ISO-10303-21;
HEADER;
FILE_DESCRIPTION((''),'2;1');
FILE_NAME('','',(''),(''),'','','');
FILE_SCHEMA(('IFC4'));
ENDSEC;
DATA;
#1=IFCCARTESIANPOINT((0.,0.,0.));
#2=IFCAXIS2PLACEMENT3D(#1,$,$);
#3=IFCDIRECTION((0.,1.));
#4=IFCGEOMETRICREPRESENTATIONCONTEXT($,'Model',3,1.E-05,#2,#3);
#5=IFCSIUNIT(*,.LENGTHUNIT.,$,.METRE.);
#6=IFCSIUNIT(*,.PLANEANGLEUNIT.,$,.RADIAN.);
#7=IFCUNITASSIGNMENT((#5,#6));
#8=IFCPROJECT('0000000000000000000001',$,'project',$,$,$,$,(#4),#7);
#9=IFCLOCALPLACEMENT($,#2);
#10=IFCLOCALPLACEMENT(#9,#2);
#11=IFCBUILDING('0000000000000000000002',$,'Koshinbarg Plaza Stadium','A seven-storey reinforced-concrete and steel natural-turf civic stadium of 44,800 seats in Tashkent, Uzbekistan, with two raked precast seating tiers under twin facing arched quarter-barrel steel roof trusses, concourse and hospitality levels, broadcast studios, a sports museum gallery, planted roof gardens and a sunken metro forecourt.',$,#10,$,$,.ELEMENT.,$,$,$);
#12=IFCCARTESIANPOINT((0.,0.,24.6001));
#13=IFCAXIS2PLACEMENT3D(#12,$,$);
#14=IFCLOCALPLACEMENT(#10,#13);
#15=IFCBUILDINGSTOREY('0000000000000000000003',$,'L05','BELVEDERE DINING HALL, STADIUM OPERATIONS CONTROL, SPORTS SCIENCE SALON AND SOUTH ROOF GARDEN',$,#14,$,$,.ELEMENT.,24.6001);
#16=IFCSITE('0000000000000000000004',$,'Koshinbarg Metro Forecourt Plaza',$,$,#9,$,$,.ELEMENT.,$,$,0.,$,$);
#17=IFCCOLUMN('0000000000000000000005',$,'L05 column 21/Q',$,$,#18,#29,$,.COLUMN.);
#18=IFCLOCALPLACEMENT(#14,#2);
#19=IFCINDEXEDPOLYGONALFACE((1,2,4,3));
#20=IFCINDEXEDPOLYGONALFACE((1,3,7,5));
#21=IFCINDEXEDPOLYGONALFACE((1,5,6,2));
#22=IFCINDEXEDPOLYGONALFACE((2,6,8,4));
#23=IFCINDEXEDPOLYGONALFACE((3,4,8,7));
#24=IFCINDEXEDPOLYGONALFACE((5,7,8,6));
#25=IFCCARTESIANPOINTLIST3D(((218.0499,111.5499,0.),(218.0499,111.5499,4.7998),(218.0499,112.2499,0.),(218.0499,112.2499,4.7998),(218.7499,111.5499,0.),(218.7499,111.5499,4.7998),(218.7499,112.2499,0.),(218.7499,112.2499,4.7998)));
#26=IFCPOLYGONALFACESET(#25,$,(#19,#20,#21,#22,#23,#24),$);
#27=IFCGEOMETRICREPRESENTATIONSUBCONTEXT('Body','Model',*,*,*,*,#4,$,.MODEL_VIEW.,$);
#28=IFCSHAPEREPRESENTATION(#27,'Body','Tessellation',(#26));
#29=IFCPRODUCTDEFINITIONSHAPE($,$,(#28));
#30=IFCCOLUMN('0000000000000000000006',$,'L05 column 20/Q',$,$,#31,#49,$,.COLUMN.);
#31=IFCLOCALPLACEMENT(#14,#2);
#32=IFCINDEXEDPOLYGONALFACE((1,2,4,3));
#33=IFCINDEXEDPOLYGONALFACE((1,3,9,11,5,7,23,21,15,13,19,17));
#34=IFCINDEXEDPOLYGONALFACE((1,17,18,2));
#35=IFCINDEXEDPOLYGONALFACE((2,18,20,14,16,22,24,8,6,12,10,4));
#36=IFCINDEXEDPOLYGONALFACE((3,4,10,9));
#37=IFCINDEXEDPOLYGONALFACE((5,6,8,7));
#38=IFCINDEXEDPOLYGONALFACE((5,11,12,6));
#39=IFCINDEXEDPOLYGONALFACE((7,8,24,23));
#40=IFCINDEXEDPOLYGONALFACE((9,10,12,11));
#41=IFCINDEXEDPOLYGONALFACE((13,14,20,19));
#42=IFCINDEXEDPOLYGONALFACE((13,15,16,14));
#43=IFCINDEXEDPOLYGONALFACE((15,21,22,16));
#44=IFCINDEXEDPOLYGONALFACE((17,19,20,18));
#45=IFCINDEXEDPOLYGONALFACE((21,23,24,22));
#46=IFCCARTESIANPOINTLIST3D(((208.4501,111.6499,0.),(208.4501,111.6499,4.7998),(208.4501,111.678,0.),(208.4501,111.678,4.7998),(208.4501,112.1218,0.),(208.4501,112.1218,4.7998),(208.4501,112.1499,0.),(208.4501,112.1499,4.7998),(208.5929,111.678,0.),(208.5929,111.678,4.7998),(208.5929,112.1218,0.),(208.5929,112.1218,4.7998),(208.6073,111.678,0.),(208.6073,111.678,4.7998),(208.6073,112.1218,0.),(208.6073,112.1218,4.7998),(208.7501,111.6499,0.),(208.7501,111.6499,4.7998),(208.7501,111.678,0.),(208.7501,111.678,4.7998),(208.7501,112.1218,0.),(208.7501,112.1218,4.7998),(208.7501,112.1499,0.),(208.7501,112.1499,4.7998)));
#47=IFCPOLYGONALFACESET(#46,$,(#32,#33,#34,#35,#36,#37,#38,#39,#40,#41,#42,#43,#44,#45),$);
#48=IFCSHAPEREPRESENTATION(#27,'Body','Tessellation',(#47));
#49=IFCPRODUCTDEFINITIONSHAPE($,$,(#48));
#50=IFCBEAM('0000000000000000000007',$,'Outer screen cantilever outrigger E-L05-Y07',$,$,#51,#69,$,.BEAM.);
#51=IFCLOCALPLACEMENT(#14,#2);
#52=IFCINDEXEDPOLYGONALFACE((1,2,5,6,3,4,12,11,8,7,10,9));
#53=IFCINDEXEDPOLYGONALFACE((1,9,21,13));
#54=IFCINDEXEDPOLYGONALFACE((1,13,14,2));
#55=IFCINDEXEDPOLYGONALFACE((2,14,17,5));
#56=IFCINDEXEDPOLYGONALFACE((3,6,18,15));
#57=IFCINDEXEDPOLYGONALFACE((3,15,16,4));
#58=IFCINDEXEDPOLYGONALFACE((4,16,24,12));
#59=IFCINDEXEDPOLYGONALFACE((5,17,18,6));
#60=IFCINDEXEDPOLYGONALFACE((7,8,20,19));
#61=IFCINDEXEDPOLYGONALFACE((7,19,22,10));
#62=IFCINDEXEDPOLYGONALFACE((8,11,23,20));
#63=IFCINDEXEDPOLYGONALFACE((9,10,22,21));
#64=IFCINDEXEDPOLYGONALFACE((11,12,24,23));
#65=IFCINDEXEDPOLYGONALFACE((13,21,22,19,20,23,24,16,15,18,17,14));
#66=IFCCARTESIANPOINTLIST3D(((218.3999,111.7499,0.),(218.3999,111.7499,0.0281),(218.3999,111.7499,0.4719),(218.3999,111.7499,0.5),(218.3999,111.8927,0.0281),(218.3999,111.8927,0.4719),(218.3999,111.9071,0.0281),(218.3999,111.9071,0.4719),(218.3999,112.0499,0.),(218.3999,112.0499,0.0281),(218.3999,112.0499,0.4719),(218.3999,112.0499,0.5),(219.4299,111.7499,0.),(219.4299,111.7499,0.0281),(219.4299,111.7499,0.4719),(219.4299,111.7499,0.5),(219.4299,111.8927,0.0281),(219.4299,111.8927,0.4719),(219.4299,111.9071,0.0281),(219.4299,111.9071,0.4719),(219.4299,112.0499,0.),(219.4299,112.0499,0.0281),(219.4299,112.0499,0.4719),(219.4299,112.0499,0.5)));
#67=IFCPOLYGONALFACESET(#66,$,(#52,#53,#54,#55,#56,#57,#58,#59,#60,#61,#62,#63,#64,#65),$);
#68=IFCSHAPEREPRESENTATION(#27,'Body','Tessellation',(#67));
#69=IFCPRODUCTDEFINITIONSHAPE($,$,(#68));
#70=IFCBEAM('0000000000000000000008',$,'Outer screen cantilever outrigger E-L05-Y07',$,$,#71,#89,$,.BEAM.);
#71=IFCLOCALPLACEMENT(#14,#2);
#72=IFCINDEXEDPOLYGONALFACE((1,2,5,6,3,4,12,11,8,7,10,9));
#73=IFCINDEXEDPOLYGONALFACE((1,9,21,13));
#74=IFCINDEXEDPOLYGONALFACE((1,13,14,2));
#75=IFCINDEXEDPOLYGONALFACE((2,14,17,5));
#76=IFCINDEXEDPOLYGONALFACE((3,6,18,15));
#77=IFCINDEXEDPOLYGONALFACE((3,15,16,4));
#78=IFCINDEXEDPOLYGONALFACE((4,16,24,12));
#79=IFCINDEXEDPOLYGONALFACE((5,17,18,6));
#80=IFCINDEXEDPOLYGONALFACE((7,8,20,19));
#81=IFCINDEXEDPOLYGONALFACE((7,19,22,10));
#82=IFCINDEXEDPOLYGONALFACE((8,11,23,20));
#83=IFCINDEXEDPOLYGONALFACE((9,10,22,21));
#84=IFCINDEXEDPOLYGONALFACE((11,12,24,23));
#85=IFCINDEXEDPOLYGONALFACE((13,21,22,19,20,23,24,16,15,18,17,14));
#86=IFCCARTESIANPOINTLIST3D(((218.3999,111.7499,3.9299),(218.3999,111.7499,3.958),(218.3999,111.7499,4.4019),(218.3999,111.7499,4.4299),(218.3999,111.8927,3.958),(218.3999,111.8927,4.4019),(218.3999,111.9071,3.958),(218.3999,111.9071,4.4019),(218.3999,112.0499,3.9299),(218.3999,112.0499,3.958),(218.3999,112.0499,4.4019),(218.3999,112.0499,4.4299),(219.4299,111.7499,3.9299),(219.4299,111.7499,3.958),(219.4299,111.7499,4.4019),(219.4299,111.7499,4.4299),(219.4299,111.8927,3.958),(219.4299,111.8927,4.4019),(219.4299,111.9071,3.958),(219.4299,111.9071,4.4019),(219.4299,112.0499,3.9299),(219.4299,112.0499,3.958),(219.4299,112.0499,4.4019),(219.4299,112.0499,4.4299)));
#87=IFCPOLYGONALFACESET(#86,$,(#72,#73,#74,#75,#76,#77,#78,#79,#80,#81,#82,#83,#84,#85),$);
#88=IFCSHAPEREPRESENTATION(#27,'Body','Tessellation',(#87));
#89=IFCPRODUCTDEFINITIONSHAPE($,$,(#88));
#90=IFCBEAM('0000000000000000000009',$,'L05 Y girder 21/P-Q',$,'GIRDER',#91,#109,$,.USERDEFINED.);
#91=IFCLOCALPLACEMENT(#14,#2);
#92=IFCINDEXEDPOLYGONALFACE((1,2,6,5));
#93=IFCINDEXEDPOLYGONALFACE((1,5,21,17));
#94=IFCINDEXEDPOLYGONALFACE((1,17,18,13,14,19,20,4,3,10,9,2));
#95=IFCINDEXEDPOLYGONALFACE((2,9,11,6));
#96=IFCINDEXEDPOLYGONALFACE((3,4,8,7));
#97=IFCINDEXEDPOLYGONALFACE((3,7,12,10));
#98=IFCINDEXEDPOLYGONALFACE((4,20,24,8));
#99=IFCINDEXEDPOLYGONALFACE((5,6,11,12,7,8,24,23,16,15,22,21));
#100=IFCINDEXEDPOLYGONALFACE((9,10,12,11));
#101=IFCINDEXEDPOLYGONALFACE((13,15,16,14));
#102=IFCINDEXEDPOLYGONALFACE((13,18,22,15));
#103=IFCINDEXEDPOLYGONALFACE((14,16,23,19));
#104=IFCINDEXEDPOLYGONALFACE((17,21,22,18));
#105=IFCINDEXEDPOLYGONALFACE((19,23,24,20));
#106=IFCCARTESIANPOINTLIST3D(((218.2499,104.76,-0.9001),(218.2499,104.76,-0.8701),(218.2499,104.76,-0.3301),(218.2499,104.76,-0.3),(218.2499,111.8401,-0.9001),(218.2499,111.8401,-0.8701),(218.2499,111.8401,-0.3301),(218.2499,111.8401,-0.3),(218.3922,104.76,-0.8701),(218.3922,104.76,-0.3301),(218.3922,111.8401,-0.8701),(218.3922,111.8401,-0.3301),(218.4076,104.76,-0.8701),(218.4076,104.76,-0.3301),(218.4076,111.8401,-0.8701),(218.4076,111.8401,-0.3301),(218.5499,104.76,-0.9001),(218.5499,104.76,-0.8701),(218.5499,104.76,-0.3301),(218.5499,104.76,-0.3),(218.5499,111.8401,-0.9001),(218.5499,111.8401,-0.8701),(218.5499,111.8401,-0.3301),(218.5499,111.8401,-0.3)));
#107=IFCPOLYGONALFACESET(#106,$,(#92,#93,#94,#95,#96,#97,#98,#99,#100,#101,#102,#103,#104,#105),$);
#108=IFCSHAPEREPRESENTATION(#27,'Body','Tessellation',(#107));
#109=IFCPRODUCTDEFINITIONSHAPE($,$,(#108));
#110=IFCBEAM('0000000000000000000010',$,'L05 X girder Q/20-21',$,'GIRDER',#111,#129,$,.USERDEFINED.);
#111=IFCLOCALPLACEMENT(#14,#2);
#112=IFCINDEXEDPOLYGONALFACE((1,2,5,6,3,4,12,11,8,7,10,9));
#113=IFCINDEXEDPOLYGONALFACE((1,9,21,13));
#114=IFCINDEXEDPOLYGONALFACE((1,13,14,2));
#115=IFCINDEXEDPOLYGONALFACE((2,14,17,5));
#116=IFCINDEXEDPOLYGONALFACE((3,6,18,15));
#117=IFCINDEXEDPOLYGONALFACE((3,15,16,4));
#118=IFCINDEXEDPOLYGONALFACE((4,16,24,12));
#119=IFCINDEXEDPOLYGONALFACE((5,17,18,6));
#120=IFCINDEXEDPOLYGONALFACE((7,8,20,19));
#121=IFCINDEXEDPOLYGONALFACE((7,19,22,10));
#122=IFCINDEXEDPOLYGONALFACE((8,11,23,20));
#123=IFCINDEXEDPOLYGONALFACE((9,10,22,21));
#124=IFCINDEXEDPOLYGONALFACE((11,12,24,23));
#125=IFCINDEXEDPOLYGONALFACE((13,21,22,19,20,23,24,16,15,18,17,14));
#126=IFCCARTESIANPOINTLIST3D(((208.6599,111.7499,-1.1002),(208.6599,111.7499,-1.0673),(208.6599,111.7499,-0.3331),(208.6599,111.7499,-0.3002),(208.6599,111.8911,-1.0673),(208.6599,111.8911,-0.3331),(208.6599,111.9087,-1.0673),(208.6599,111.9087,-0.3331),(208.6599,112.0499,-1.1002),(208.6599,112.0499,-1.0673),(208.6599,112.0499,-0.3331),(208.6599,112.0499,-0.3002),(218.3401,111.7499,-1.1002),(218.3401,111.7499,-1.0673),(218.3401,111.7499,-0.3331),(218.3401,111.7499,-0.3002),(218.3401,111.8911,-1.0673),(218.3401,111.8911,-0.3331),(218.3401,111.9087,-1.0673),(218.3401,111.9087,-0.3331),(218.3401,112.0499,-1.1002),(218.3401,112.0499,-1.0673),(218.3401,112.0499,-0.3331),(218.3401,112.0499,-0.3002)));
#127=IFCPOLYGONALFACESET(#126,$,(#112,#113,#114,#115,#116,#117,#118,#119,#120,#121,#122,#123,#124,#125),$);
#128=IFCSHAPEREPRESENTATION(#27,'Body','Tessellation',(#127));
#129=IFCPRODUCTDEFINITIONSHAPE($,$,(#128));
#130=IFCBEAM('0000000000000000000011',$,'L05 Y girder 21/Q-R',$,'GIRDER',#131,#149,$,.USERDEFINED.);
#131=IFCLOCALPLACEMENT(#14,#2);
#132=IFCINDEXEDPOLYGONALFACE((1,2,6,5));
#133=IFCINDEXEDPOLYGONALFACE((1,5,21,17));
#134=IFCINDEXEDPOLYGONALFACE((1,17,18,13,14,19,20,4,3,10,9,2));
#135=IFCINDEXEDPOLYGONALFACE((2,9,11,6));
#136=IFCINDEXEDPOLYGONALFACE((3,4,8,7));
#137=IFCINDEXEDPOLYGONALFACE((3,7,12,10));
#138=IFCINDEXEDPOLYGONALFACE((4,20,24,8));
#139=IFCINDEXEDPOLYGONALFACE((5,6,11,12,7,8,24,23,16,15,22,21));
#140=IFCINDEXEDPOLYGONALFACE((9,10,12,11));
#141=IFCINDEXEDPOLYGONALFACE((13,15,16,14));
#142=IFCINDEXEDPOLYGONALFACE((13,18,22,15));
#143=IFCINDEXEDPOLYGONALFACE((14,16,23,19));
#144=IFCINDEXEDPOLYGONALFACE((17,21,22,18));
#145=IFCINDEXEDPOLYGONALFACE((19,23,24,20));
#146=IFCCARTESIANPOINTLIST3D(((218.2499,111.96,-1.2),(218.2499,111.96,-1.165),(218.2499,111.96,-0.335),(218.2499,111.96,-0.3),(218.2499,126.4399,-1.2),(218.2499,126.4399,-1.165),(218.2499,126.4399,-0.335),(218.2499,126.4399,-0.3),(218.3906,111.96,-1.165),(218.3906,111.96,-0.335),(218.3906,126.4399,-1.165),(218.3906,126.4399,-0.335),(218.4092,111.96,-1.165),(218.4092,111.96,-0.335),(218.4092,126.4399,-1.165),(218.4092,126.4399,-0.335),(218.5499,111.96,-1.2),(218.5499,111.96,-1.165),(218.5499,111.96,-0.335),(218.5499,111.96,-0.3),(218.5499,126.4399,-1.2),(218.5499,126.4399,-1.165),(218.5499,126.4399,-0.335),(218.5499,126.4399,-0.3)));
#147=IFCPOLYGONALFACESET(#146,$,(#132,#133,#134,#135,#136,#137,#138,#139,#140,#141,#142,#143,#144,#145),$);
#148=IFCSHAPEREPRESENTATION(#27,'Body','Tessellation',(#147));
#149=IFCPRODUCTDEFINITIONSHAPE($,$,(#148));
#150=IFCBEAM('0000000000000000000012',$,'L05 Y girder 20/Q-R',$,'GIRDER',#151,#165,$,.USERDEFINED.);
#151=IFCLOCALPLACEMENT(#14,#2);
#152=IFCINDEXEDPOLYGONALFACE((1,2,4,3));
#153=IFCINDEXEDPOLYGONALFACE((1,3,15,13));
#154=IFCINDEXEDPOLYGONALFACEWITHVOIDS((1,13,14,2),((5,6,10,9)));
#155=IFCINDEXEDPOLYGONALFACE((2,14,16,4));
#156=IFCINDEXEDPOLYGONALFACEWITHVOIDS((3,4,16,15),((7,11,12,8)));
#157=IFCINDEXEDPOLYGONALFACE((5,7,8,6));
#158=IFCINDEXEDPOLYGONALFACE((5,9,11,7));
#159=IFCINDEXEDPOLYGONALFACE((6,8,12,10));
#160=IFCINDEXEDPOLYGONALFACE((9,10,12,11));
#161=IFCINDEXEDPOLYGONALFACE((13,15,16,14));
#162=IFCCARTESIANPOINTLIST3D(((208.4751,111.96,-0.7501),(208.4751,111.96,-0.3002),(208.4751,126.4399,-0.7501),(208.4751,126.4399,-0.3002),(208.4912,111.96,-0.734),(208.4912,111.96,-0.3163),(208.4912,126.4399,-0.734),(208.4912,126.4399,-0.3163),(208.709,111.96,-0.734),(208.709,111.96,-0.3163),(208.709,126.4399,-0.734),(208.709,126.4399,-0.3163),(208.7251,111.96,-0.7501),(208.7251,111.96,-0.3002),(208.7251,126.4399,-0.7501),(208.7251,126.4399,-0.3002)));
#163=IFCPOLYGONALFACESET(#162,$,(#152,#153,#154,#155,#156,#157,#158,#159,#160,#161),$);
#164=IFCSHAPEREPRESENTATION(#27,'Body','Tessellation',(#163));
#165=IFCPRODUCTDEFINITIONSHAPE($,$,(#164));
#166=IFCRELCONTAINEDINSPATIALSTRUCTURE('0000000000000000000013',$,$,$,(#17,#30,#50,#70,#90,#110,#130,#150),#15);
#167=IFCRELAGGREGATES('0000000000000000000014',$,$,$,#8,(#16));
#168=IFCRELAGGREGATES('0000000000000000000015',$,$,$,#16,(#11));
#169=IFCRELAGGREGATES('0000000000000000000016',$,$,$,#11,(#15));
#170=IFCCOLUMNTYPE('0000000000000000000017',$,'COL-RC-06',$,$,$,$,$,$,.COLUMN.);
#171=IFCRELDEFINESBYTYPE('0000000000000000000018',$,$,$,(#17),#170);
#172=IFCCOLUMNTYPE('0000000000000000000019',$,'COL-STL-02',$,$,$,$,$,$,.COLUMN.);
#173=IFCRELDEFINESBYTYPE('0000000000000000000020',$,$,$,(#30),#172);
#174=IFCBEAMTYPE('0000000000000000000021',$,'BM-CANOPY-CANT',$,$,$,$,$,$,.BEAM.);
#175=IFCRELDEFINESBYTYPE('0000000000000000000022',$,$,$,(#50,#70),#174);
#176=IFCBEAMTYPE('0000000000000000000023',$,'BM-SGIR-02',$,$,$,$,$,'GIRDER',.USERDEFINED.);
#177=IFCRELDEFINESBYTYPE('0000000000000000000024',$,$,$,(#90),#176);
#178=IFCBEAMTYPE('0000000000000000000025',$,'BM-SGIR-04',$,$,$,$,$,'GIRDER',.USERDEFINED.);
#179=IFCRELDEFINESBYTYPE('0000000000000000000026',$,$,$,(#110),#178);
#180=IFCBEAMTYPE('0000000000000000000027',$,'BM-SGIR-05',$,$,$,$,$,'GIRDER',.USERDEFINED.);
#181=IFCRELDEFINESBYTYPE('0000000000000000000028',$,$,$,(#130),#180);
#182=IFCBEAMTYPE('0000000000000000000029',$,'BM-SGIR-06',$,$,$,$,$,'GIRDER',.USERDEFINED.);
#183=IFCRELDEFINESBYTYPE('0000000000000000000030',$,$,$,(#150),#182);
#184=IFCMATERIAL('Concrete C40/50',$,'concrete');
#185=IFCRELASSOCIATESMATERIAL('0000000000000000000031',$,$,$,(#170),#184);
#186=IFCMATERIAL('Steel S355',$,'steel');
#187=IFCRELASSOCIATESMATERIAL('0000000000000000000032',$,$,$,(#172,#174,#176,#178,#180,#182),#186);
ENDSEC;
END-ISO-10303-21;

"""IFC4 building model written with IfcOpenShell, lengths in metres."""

from ifc_helpers import new_model, si_unit, direction, frame, origin, origin_2d, place, context, subcontext, project, spatial, rectangle, hollow_rectangle, i_section, extrude, material, material_profile, profile_set, type_object, element, save


model = new_model("IFC4")

# Units and contexts
model_context = context("Model", 3, precision=1e-05, world=origin(), true_north=direction((0.0, 1.0)))
body_context = subcontext(model_context, "Body", "Model", "MODEL_VIEW")
ifc_project = project(units=[si_unit("LENGTHUNIT", "METRE"), si_unit("PLANEANGLEUNIT", "RADIAN")], contexts=[model_context])

# Site, building, storey
site_placement = place(None, origin())
site = spatial("IfcSite", under=ifc_project, at=site_placement, Name="Koshinbarg Metro Forecourt Plaza", CompositionType="ELEMENT", RefElevation=0.0)
building_placement = place(site_placement, origin())
building = spatial("IfcBuilding", under=site, at=building_placement, Name="Koshinbarg Plaza Stadium", Description="A seven-storey reinforced-concrete and steel natural-turf civic stadium of 44,800 seats in Tashkent, Uzbekistan, with two raked precast seating tiers under twin facing arched quarter-barrel steel roof trusses, concourse and hospitality levels, broadcast studios, a sports museum gallery, planted roof gardens and a sunken metro forecourt.", CompositionType="ELEMENT")
storey_placement = place(building_placement, frame((0.0, 0.0, 24.6001)))
storey = spatial("IfcBuildingStorey", under=building, at=storey_placement, Name="L05", Description="BELVEDERE DINING HALL, STADIUM OPERATIONS CONTROL, SPORTS SCIENCE SALON AND SOUTH ROOF GARDEN", CompositionType="ELEMENT", Elevation=24.6001)

# Columns
ifc_material_1 = material(Name="Concrete C40/50", Category="concrete")
ifc_material_profile_1 = material_profile(ifc_material_1, rectangle(XDim=0.7, YDim=0.7, at=origin_2d()), Name="RC 700x700")
ifc_profile_set_1 = profile_set([ifc_material_profile_1], Name="Concrete C40/50")
column_type_1 = type_object("IfcColumnType", Name="COL-RC-06", PredefinedType="COLUMN", material=ifc_profile_set_1)
column_1_placement = place(storey_placement, frame((218.3999, 111.8999, 0.0), z_axis=(0.0, 0.0, 1.0), x_axis=(1.0, 0.0, 0.0)))
element("IfcColumn", 1, at=column_1_placement, inside=storey, type_object=column_type_1, Name="L05 column 21/Q", PredefinedType="COLUMN", context=body_context, shape_type="SweptSolid", body=[
    extrude(rectangle(XDim=0.7, YDim=0.7, at=origin_2d()), origin(), (0.0, 0.0, 1.0), 4.7998),
])
ifc_material_2 = material(Name="Steel S355", Category="steel")
ifc_material_profile_2 = material_profile(ifc_material_2, i_section(OverallWidth=0.3, OverallDepth=0.5, WebThickness=0.0144, FlangeThickness=0.0281, at=origin_2d()), Name="HEB 500")
ifc_profile_set_2 = profile_set([ifc_material_profile_2], Name="Steel S355")
column_type_2 = type_object("IfcColumnType", Name="COL-STL-02", PredefinedType="COLUMN", material=ifc_profile_set_2)
column_2_placement = place(storey_placement, frame((208.6001, 111.8999, 0.0), z_axis=(0.0, 0.0, 1.0), x_axis=(1.0, 0.0, 0.0)))
element("IfcColumn", 2, at=column_2_placement, inside=storey, type_object=column_type_2, Name="L05 column 20/Q", PredefinedType="COLUMN", context=body_context, shape_type="SweptSolid", body=[
    extrude(i_section(OverallWidth=0.3, OverallDepth=0.5, WebThickness=0.0144, FlangeThickness=0.0281, at=origin_2d()), origin(), (0.0, 0.0, 1.0), 4.7998),
])

# Beams
ifc_material_profile_3 = material_profile(ifc_material_2, i_section(OverallWidth=0.3, OverallDepth=0.5, WebThickness=0.0144, FlangeThickness=0.0281, at=origin_2d()), Name="HEB 500")
ifc_profile_set_3 = profile_set([ifc_material_profile_3], Name="Steel S355")
beam_type_1 = type_object("IfcBeamType", Name="BM-CANOPY-CANT", PredefinedType="BEAM", material=ifc_profile_set_3)
for number, where, z_axis, x_axis, name in (
    (3, (218.3999, 111.8999, 0.25), (1.0, 0.0, 0.0), (0.0, 1.0, 0.0), "Outer screen cantilever outrigger E-L05-Y07"),
    (4, (218.3999, 111.8999, 4.1799), (1.0, 0.0, 0.0), (0.0, 1.0, 0.0), "Outer screen cantilever outrigger E-L05-Y07"),
):
    element("IfcBeam", number, at=place(storey_placement, frame(where, z_axis=z_axis, x_axis=x_axis)), inside=storey, type_object=beam_type_1, Name=name, PredefinedType="BEAM", context=body_context, shape_type="SweptSolid", body=[
        extrude(i_section(OverallWidth=0.3, OverallDepth=0.5, WebThickness=0.0144, FlangeThickness=0.0281, at=origin_2d()), origin(), (0.0, 0.0, 1.0), 1.03),
    ])
ifc_material_profile_4 = material_profile(ifc_material_2, i_section(OverallWidth=0.3, OverallDepth=0.6001, WebThickness=0.0154, FlangeThickness=0.03, at=origin_2d()), Name="HEB 600")
ifc_profile_set_4 = profile_set([ifc_material_profile_4], Name="Steel S355")
beam_type_2 = type_object("IfcBeamType", Name="BM-SGIR-02", ElementType="GIRDER", PredefinedType="USERDEFINED", material=ifc_profile_set_4)
beam_1_placement = place(storey_placement, frame((218.3999, 104.76, -0.6001), z_axis=(0.0, 1.0, 0.0), x_axis=(-1.0, 0.0, 0.0)))
element("IfcBeam", 5, at=beam_1_placement, inside=storey, type_object=beam_type_2, Name="L05 Y girder 21/P-Q", ObjectType="GIRDER", PredefinedType="USERDEFINED", context=body_context, shape_type="SweptSolid", body=[
    extrude(i_section(OverallWidth=0.3, OverallDepth=0.6001, WebThickness=0.0154, FlangeThickness=0.03, at=origin_2d()), origin(), (0.0, 0.0, 1.0), 7.0801),
])
ifc_material_profile_5 = material_profile(ifc_material_2, i_section(OverallWidth=0.3, OverallDepth=0.8, WebThickness=0.0176, FlangeThickness=0.033, at=origin_2d()), Name="HEB 800")
ifc_profile_set_5 = profile_set([ifc_material_profile_5], Name="Steel S355")
beam_type_3 = type_object("IfcBeamType", Name="BM-SGIR-04", ElementType="GIRDER", PredefinedType="USERDEFINED", material=ifc_profile_set_5)
beam_2_placement = place(storey_placement, frame((208.6599, 111.8999, -0.7002), z_axis=(1.0, 0.0, 0.0), x_axis=(0.0, 1.0, 0.0)))
element("IfcBeam", 6, at=beam_2_placement, inside=storey, type_object=beam_type_3, Name="L05 X girder Q/20-21", ObjectType="GIRDER", PredefinedType="USERDEFINED", context=body_context, shape_type="SweptSolid", body=[
    extrude(i_section(OverallWidth=0.3, OverallDepth=0.8, WebThickness=0.0176, FlangeThickness=0.033, at=origin_2d()), origin(), (0.0, 0.0, 1.0), 9.6802),
])
ifc_material_profile_6 = material_profile(ifc_material_2, i_section(OverallWidth=0.3, OverallDepth=0.8999, WebThickness=0.0186, FlangeThickness=0.0349, at=origin_2d()), Name="HEB 900")
ifc_profile_set_6 = profile_set([ifc_material_profile_6], Name="Steel S355")
beam_type_4 = type_object("IfcBeamType", Name="BM-SGIR-05", ElementType="GIRDER", PredefinedType="USERDEFINED", material=ifc_profile_set_6)
beam_3_placement = place(storey_placement, frame((218.3999, 111.96, -0.75), z_axis=(0.0, 1.0, 0.0), x_axis=(-1.0, 0.0, 0.0)))
element("IfcBeam", 7, at=beam_3_placement, inside=storey, type_object=beam_type_4, Name="L05 Y girder 21/Q-R", ObjectType="GIRDER", PredefinedType="USERDEFINED", context=body_context, shape_type="SweptSolid", body=[
    extrude(i_section(OverallWidth=0.3, OverallDepth=0.8999, WebThickness=0.0186, FlangeThickness=0.0349, at=origin_2d()), origin(), (0.0, 0.0, 1.0), 14.48),
])
ifc_material_profile_7 = material_profile(ifc_material_2, hollow_rectangle(XDim=0.25, YDim=0.45, WallThickness=0.0161, at=origin_2d()), Name="RHS 450x250x16")
ifc_profile_set_7 = profile_set([ifc_material_profile_7], Name="Steel S355")
beam_type_5 = type_object("IfcBeamType", Name="BM-SGIR-06", ElementType="GIRDER", PredefinedType="USERDEFINED", material=ifc_profile_set_7)
beam_4_placement = place(storey_placement, frame((208.6001, 111.96, -0.5251), z_axis=(0.0, 1.0, 0.0), x_axis=(-1.0, 0.0, 0.0)))
element("IfcBeam", 8, at=beam_4_placement, inside=storey, type_object=beam_type_5, Name="L05 Y girder 20/Q-R", ObjectType="GIRDER", PredefinedType="USERDEFINED", context=body_context, shape_type="SweptSolid", body=[
    extrude(hollow_rectangle(XDim=0.25, YDim=0.45, WallThickness=0.0161, at=origin_2d()), origin(), (0.0, 0.0, 1.0), 14.48),
])

save(model, "model.ifc")
